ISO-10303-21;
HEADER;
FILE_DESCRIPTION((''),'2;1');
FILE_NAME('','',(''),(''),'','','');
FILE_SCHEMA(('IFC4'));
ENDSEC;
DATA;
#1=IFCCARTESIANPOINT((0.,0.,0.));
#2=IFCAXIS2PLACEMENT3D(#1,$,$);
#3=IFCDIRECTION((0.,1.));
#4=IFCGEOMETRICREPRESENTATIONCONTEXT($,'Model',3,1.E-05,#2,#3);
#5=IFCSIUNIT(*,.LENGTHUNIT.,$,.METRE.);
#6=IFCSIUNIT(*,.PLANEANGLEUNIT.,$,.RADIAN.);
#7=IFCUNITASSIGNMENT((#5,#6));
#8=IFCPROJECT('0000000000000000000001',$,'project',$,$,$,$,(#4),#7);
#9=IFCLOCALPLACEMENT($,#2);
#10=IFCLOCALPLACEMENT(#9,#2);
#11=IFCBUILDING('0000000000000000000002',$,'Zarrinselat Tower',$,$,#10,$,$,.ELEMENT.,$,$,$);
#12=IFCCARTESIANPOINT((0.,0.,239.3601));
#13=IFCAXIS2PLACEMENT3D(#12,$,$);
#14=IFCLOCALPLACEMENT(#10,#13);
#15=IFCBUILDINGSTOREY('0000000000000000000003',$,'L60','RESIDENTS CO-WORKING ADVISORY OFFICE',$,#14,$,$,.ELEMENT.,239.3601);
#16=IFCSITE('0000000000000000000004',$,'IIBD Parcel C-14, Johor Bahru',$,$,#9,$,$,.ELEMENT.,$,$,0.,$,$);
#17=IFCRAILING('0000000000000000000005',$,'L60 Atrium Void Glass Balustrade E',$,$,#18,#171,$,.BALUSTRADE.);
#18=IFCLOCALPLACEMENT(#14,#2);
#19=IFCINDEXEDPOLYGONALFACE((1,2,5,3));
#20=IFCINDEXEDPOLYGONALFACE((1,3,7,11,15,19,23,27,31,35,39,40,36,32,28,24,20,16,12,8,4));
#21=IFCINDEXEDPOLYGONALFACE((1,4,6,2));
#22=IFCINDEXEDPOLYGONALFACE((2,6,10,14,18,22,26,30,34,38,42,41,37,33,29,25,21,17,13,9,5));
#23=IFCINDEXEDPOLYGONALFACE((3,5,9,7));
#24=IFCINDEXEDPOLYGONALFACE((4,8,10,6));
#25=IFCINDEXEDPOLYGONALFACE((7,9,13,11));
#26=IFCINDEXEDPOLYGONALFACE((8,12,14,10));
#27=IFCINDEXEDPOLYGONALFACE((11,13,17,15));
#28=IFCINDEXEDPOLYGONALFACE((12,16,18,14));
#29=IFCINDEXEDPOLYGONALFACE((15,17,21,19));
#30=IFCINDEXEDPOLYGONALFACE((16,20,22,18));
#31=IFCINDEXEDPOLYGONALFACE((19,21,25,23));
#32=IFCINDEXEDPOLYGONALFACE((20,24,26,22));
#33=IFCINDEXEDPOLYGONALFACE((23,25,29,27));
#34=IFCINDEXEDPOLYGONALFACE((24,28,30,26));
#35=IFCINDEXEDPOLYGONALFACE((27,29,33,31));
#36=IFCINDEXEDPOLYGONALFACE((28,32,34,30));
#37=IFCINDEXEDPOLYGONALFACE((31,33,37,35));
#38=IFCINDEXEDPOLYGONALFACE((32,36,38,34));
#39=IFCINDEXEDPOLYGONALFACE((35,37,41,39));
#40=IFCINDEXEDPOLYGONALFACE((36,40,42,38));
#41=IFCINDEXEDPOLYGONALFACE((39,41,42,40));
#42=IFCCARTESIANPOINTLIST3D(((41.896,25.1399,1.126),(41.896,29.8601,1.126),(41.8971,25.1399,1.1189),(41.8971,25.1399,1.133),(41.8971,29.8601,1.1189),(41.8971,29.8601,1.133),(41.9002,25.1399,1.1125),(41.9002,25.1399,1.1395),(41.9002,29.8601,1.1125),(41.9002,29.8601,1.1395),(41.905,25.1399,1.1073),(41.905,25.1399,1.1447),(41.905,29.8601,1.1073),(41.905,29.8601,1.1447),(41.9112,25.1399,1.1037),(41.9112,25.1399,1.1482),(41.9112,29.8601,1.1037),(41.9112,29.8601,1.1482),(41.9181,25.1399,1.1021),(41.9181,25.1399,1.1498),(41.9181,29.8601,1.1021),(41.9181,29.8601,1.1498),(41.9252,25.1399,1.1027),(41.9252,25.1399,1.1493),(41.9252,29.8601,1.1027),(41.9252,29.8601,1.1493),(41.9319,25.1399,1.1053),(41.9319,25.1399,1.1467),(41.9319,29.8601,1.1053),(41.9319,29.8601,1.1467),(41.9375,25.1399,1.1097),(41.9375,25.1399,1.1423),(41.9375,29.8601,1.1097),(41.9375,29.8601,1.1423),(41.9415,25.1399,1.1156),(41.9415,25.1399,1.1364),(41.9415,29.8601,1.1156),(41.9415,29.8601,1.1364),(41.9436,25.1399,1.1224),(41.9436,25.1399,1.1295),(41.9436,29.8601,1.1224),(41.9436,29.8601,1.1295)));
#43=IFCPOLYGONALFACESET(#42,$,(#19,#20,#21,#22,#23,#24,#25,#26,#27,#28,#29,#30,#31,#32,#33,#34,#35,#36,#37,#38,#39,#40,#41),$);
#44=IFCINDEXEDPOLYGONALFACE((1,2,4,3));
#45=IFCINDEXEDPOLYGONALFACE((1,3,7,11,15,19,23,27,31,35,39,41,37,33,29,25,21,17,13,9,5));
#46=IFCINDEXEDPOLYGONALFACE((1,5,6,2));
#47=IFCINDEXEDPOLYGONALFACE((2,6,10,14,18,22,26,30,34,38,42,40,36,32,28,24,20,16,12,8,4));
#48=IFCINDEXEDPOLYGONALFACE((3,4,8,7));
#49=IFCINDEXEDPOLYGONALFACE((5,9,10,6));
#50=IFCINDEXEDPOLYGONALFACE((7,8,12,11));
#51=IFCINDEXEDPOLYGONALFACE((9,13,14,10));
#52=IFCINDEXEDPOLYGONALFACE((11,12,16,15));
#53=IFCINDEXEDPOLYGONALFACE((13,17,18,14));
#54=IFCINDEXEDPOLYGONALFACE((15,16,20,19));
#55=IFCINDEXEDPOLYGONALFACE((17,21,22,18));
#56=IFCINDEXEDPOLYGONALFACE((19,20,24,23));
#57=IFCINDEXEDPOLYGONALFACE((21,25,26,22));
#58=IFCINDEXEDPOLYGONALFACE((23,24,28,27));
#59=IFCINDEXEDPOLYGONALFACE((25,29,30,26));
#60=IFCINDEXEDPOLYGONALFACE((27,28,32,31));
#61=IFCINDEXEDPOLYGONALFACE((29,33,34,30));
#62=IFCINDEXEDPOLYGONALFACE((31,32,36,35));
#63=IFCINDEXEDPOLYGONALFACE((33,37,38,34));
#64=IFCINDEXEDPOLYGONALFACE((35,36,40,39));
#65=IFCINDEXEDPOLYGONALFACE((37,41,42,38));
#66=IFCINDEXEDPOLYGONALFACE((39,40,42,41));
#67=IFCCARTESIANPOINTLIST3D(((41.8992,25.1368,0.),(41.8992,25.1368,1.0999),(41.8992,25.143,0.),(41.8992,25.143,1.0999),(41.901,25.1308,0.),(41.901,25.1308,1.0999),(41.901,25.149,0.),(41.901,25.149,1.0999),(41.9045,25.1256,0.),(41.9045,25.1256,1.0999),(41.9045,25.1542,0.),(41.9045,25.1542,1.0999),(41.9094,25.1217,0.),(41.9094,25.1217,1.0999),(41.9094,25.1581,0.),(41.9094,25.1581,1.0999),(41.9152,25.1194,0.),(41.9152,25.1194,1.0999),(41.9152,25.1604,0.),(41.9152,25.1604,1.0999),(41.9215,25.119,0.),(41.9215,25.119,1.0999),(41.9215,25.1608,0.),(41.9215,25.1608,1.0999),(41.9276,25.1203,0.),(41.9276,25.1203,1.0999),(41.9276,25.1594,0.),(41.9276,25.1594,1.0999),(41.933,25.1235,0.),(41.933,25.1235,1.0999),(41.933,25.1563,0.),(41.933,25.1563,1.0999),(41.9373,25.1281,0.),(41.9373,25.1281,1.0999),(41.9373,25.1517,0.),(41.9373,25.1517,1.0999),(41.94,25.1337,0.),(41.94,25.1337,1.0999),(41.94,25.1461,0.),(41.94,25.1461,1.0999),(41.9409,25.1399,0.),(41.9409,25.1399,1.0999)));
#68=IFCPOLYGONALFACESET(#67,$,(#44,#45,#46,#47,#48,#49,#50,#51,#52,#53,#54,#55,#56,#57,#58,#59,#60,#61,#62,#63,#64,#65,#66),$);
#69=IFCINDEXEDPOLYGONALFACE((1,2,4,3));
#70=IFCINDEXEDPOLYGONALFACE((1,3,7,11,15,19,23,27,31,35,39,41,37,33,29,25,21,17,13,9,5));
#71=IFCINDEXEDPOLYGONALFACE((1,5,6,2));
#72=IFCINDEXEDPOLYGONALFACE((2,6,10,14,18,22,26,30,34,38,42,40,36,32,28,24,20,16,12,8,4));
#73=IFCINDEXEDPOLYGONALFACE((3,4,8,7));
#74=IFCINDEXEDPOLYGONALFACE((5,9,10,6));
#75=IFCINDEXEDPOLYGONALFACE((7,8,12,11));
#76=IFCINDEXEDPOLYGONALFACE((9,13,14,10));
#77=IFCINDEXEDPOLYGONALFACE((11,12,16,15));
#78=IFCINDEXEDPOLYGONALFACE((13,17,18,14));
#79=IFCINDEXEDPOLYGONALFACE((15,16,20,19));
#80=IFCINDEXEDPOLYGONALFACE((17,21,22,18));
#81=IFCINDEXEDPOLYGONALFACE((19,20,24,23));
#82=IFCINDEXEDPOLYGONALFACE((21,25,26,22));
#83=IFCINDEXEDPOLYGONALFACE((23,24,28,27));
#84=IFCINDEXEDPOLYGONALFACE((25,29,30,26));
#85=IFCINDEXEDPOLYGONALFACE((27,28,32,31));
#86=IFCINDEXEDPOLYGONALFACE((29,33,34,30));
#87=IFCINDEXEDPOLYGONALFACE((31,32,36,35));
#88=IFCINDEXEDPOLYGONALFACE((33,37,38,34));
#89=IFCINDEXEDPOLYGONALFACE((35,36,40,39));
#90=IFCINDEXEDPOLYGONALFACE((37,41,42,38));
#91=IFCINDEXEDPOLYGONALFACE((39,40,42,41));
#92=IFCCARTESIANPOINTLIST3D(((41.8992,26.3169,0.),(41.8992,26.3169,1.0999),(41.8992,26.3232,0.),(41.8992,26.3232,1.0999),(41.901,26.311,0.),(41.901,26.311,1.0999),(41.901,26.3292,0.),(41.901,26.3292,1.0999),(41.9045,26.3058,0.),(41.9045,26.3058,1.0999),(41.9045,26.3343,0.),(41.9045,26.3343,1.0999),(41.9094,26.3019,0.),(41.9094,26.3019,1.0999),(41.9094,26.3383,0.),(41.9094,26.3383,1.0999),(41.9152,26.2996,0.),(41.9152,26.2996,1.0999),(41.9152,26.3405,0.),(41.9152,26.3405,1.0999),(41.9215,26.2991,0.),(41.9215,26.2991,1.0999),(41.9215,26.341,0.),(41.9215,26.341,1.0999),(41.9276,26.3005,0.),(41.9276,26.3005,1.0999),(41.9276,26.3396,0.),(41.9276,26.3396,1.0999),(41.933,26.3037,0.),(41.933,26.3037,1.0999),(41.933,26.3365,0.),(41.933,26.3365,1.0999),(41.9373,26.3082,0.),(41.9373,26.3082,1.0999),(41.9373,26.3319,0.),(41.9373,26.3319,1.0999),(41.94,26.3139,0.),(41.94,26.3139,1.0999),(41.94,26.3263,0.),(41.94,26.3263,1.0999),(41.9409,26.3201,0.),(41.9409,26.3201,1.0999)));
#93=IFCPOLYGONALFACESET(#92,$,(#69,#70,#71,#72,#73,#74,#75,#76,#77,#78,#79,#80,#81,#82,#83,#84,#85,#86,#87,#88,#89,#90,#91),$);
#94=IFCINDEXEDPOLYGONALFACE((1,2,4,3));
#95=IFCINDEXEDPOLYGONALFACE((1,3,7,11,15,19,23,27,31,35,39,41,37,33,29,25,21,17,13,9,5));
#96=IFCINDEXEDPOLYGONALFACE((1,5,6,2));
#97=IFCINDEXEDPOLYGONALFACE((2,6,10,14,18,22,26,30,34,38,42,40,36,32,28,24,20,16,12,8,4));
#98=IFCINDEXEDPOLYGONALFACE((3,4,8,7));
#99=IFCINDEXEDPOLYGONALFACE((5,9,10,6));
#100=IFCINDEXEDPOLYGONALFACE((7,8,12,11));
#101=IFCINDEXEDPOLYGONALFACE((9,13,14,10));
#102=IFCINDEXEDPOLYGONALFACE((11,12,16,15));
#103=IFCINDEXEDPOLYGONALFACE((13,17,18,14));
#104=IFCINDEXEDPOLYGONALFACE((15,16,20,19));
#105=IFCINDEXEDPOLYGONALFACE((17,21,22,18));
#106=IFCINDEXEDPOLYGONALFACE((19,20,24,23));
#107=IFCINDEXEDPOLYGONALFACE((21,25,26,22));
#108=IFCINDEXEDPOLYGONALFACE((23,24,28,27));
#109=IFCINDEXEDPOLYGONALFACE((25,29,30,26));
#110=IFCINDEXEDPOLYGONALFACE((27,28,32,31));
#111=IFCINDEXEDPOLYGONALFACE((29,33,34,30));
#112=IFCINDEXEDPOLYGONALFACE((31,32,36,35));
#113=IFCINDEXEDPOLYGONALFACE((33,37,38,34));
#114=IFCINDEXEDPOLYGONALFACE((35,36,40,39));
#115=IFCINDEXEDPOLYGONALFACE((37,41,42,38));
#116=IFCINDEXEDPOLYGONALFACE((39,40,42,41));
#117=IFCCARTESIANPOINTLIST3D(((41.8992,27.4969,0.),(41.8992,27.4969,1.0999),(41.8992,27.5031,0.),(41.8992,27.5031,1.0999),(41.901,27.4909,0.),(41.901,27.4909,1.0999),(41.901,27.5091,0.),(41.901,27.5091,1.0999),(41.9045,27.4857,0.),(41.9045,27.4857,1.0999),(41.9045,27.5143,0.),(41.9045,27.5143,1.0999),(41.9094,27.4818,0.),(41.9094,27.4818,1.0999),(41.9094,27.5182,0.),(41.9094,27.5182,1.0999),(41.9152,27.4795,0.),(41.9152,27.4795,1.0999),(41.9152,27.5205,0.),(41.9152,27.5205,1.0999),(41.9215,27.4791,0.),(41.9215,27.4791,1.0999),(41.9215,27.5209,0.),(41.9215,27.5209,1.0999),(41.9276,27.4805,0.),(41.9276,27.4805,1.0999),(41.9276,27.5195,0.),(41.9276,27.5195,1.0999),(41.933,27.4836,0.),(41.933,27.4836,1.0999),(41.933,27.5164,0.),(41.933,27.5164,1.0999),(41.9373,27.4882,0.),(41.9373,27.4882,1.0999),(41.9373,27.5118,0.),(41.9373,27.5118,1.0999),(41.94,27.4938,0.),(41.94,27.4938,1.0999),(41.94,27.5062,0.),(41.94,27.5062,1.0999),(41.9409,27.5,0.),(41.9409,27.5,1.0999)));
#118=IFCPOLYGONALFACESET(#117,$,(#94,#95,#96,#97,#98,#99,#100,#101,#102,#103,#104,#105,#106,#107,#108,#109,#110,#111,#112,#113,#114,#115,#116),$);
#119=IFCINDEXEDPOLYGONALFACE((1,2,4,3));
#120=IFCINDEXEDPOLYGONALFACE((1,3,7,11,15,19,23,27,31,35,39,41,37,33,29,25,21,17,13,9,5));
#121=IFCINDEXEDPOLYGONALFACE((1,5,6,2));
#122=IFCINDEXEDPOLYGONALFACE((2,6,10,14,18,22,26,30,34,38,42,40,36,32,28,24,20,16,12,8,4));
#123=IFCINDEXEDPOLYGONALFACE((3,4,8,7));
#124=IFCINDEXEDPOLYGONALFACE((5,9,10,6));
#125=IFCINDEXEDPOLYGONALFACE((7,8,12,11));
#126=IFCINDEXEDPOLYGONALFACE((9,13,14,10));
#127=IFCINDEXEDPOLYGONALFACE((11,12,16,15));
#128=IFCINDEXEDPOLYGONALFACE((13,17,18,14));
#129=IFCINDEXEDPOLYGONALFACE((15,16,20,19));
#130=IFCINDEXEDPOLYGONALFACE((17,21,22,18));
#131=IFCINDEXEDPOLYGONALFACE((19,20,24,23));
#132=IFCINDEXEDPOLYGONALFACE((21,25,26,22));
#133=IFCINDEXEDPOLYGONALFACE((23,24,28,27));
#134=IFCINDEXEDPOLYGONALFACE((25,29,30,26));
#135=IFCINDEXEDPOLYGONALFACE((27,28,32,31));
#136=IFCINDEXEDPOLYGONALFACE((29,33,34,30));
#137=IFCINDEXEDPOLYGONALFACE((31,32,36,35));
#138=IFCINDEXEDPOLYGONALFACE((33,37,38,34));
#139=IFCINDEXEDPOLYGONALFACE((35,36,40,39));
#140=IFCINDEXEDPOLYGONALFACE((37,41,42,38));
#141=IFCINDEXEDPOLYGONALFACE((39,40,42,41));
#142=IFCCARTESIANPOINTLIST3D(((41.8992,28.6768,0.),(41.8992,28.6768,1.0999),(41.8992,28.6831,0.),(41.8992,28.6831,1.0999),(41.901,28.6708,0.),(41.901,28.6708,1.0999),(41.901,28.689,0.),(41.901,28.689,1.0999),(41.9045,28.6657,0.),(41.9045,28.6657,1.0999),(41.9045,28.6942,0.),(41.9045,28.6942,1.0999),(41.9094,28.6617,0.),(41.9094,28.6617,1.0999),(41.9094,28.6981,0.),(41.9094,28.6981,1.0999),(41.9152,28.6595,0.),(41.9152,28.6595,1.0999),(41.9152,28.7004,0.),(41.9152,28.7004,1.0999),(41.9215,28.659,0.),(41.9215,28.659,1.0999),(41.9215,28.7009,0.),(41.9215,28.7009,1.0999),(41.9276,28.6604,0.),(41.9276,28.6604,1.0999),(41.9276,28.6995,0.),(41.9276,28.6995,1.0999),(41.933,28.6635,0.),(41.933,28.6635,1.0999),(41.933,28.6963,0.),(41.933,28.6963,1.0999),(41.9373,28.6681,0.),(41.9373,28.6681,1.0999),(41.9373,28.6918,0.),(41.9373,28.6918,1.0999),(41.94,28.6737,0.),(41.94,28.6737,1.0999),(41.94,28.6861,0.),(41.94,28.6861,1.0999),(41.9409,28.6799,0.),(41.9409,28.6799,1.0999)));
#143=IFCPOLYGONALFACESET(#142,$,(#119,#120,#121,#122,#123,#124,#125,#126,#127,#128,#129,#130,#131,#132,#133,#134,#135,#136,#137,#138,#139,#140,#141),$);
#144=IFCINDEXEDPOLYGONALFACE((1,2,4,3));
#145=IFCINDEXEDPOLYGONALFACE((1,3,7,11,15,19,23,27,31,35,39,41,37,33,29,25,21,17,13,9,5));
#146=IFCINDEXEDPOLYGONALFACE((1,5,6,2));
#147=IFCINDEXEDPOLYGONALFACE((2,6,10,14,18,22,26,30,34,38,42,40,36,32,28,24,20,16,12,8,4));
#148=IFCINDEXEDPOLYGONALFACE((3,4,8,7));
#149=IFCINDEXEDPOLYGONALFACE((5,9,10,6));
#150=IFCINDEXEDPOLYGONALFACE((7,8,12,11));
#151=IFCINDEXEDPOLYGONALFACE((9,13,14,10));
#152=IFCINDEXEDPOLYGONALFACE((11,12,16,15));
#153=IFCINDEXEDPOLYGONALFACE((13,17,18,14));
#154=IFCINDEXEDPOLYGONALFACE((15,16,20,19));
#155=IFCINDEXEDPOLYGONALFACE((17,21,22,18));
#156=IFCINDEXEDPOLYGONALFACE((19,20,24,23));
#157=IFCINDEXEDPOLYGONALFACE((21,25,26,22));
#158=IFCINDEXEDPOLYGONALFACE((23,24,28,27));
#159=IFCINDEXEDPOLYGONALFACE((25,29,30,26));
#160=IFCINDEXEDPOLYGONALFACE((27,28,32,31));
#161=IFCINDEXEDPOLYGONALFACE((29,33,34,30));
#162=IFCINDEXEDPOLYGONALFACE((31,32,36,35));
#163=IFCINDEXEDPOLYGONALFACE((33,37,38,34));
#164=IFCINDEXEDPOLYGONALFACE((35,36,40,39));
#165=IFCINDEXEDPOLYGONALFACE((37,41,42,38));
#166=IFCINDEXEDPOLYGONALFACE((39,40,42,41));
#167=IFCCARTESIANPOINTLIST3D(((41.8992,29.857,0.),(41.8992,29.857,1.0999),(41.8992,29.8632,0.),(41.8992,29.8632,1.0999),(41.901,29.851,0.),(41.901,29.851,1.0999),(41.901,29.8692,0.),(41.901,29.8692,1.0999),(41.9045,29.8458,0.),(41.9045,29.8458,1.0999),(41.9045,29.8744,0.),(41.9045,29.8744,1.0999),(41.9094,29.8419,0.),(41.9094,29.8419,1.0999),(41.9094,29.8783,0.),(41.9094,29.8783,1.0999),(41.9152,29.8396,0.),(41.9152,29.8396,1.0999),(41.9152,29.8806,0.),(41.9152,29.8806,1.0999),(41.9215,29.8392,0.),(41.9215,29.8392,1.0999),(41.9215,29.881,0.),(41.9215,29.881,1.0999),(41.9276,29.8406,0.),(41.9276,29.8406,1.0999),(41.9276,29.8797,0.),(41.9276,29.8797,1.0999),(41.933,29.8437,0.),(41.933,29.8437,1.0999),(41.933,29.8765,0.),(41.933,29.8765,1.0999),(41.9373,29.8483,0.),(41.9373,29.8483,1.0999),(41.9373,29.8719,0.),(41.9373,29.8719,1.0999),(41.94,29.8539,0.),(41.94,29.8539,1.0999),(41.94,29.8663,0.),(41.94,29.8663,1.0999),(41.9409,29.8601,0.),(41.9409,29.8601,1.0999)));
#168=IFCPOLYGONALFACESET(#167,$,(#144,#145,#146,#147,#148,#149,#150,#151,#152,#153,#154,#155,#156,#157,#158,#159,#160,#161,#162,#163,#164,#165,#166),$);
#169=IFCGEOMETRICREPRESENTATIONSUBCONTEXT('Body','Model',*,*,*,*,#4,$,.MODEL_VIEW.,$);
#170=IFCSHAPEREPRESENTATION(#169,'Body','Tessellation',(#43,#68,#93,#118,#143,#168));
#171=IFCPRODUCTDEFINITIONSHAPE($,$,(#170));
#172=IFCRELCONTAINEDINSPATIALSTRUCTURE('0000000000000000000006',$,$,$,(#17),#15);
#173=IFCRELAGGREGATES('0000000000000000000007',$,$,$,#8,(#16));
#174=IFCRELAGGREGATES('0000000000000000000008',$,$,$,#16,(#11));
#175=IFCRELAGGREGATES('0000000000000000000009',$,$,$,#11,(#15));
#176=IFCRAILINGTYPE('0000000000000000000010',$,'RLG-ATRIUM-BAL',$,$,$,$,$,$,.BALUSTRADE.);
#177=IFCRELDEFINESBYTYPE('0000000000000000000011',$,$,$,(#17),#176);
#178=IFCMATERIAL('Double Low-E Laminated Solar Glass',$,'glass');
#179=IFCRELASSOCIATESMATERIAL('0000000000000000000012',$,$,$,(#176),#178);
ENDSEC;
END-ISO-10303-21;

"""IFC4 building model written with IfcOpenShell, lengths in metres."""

from ifc_helpers import new_model, si_unit, direction, frame, origin, origin_2d, place, context, subcontext, project, spatial, circle, extrude, material, type_object, element, save


model = new_model("IFC4")

# Units and contexts
model_context = context("Model", 3, precision=1e-05, world=origin(), true_north=direction((0.0, 1.0)))
body_context = subcontext(model_context, "Body", "Model", "MODEL_VIEW")
ifc_project = project(units=[si_unit("LENGTHUNIT", "METRE"), si_unit("PLANEANGLEUNIT", "RADIAN")], contexts=[model_context])

# Site, building, storey
site_placement = place(None, origin())
site = spatial("IfcSite", under=ifc_project, at=site_placement, Name="IIBD Parcel C-14, Johor Bahru", CompositionType="ELEMENT", RefElevation=0.0)
building_placement = place(site_placement, origin())
building = spatial("IfcBuilding", under=site, at=building_placement, Name="Zarrinselat Tower", CompositionType="ELEMENT")
storey_placement = place(building_placement, frame((0.0, 0.0, 239.3601)))
storey = spatial("IfcBuildingStorey", under=building, at=storey_placement, Name="L60", Description="RESIDENTS CO-WORKING ADVISORY OFFICE", CompositionType="ELEMENT", Elevation=239.3601)

# Railing
ifc_material_1 = material(Name="Double Low-E Laminated Solar Glass", Category="glass")
railing_type_1 = type_object("IfcRailingType", Name="RLG-ATRIUM-BAL", PredefinedType="BALUSTRADE", material=ifc_material_1)
railing_1_placement = place(storey_placement, frame((41.9199, 25.1399, 0.0)))
element("IfcRailing", 1, at=railing_1_placement, inside=storey, type_object=railing_type_1, Name="L60 Atrium Void Glass Balustrade E", PredefinedType="BALUSTRADE", context=body_context, shape_type="SweptSolid", body=[
    extrude(circle(Radius=0.0239, at=origin_2d()), frame((0.0, 0.0, 1.126), z_axis=(0.0, 1.0, 0.0), x_axis=(-1.0, 0.0, 0.0)), (0.0, 0.0, 1.0), 4.7202),
    extrude(circle(Radius=0.021, at=origin_2d()), origin(), (0.0, 0.0, 1.0), 1.0999),
    extrude(circle(Radius=0.021, at=origin_2d()), frame((0.0, 1.1802, 0.0)), (0.0, 0.0, 1.0), 1.0999),
    extrude(circle(Radius=0.021, at=origin_2d()), frame((0.0, 2.3601, 0.0)), (0.0, 0.0, 1.0), 1.0999),
    extrude(circle(Radius=0.021, at=origin_2d()), frame((0.0, 3.54, 0.0)), (0.0, 0.0, 1.0), 1.0999),
    extrude(circle(Radius=0.021, at=origin_2d()), frame((0.0, 4.7202, 0.0)), (0.0, 0.0, 1.0), 1.0999),
])

save(model, "model.ifc")
